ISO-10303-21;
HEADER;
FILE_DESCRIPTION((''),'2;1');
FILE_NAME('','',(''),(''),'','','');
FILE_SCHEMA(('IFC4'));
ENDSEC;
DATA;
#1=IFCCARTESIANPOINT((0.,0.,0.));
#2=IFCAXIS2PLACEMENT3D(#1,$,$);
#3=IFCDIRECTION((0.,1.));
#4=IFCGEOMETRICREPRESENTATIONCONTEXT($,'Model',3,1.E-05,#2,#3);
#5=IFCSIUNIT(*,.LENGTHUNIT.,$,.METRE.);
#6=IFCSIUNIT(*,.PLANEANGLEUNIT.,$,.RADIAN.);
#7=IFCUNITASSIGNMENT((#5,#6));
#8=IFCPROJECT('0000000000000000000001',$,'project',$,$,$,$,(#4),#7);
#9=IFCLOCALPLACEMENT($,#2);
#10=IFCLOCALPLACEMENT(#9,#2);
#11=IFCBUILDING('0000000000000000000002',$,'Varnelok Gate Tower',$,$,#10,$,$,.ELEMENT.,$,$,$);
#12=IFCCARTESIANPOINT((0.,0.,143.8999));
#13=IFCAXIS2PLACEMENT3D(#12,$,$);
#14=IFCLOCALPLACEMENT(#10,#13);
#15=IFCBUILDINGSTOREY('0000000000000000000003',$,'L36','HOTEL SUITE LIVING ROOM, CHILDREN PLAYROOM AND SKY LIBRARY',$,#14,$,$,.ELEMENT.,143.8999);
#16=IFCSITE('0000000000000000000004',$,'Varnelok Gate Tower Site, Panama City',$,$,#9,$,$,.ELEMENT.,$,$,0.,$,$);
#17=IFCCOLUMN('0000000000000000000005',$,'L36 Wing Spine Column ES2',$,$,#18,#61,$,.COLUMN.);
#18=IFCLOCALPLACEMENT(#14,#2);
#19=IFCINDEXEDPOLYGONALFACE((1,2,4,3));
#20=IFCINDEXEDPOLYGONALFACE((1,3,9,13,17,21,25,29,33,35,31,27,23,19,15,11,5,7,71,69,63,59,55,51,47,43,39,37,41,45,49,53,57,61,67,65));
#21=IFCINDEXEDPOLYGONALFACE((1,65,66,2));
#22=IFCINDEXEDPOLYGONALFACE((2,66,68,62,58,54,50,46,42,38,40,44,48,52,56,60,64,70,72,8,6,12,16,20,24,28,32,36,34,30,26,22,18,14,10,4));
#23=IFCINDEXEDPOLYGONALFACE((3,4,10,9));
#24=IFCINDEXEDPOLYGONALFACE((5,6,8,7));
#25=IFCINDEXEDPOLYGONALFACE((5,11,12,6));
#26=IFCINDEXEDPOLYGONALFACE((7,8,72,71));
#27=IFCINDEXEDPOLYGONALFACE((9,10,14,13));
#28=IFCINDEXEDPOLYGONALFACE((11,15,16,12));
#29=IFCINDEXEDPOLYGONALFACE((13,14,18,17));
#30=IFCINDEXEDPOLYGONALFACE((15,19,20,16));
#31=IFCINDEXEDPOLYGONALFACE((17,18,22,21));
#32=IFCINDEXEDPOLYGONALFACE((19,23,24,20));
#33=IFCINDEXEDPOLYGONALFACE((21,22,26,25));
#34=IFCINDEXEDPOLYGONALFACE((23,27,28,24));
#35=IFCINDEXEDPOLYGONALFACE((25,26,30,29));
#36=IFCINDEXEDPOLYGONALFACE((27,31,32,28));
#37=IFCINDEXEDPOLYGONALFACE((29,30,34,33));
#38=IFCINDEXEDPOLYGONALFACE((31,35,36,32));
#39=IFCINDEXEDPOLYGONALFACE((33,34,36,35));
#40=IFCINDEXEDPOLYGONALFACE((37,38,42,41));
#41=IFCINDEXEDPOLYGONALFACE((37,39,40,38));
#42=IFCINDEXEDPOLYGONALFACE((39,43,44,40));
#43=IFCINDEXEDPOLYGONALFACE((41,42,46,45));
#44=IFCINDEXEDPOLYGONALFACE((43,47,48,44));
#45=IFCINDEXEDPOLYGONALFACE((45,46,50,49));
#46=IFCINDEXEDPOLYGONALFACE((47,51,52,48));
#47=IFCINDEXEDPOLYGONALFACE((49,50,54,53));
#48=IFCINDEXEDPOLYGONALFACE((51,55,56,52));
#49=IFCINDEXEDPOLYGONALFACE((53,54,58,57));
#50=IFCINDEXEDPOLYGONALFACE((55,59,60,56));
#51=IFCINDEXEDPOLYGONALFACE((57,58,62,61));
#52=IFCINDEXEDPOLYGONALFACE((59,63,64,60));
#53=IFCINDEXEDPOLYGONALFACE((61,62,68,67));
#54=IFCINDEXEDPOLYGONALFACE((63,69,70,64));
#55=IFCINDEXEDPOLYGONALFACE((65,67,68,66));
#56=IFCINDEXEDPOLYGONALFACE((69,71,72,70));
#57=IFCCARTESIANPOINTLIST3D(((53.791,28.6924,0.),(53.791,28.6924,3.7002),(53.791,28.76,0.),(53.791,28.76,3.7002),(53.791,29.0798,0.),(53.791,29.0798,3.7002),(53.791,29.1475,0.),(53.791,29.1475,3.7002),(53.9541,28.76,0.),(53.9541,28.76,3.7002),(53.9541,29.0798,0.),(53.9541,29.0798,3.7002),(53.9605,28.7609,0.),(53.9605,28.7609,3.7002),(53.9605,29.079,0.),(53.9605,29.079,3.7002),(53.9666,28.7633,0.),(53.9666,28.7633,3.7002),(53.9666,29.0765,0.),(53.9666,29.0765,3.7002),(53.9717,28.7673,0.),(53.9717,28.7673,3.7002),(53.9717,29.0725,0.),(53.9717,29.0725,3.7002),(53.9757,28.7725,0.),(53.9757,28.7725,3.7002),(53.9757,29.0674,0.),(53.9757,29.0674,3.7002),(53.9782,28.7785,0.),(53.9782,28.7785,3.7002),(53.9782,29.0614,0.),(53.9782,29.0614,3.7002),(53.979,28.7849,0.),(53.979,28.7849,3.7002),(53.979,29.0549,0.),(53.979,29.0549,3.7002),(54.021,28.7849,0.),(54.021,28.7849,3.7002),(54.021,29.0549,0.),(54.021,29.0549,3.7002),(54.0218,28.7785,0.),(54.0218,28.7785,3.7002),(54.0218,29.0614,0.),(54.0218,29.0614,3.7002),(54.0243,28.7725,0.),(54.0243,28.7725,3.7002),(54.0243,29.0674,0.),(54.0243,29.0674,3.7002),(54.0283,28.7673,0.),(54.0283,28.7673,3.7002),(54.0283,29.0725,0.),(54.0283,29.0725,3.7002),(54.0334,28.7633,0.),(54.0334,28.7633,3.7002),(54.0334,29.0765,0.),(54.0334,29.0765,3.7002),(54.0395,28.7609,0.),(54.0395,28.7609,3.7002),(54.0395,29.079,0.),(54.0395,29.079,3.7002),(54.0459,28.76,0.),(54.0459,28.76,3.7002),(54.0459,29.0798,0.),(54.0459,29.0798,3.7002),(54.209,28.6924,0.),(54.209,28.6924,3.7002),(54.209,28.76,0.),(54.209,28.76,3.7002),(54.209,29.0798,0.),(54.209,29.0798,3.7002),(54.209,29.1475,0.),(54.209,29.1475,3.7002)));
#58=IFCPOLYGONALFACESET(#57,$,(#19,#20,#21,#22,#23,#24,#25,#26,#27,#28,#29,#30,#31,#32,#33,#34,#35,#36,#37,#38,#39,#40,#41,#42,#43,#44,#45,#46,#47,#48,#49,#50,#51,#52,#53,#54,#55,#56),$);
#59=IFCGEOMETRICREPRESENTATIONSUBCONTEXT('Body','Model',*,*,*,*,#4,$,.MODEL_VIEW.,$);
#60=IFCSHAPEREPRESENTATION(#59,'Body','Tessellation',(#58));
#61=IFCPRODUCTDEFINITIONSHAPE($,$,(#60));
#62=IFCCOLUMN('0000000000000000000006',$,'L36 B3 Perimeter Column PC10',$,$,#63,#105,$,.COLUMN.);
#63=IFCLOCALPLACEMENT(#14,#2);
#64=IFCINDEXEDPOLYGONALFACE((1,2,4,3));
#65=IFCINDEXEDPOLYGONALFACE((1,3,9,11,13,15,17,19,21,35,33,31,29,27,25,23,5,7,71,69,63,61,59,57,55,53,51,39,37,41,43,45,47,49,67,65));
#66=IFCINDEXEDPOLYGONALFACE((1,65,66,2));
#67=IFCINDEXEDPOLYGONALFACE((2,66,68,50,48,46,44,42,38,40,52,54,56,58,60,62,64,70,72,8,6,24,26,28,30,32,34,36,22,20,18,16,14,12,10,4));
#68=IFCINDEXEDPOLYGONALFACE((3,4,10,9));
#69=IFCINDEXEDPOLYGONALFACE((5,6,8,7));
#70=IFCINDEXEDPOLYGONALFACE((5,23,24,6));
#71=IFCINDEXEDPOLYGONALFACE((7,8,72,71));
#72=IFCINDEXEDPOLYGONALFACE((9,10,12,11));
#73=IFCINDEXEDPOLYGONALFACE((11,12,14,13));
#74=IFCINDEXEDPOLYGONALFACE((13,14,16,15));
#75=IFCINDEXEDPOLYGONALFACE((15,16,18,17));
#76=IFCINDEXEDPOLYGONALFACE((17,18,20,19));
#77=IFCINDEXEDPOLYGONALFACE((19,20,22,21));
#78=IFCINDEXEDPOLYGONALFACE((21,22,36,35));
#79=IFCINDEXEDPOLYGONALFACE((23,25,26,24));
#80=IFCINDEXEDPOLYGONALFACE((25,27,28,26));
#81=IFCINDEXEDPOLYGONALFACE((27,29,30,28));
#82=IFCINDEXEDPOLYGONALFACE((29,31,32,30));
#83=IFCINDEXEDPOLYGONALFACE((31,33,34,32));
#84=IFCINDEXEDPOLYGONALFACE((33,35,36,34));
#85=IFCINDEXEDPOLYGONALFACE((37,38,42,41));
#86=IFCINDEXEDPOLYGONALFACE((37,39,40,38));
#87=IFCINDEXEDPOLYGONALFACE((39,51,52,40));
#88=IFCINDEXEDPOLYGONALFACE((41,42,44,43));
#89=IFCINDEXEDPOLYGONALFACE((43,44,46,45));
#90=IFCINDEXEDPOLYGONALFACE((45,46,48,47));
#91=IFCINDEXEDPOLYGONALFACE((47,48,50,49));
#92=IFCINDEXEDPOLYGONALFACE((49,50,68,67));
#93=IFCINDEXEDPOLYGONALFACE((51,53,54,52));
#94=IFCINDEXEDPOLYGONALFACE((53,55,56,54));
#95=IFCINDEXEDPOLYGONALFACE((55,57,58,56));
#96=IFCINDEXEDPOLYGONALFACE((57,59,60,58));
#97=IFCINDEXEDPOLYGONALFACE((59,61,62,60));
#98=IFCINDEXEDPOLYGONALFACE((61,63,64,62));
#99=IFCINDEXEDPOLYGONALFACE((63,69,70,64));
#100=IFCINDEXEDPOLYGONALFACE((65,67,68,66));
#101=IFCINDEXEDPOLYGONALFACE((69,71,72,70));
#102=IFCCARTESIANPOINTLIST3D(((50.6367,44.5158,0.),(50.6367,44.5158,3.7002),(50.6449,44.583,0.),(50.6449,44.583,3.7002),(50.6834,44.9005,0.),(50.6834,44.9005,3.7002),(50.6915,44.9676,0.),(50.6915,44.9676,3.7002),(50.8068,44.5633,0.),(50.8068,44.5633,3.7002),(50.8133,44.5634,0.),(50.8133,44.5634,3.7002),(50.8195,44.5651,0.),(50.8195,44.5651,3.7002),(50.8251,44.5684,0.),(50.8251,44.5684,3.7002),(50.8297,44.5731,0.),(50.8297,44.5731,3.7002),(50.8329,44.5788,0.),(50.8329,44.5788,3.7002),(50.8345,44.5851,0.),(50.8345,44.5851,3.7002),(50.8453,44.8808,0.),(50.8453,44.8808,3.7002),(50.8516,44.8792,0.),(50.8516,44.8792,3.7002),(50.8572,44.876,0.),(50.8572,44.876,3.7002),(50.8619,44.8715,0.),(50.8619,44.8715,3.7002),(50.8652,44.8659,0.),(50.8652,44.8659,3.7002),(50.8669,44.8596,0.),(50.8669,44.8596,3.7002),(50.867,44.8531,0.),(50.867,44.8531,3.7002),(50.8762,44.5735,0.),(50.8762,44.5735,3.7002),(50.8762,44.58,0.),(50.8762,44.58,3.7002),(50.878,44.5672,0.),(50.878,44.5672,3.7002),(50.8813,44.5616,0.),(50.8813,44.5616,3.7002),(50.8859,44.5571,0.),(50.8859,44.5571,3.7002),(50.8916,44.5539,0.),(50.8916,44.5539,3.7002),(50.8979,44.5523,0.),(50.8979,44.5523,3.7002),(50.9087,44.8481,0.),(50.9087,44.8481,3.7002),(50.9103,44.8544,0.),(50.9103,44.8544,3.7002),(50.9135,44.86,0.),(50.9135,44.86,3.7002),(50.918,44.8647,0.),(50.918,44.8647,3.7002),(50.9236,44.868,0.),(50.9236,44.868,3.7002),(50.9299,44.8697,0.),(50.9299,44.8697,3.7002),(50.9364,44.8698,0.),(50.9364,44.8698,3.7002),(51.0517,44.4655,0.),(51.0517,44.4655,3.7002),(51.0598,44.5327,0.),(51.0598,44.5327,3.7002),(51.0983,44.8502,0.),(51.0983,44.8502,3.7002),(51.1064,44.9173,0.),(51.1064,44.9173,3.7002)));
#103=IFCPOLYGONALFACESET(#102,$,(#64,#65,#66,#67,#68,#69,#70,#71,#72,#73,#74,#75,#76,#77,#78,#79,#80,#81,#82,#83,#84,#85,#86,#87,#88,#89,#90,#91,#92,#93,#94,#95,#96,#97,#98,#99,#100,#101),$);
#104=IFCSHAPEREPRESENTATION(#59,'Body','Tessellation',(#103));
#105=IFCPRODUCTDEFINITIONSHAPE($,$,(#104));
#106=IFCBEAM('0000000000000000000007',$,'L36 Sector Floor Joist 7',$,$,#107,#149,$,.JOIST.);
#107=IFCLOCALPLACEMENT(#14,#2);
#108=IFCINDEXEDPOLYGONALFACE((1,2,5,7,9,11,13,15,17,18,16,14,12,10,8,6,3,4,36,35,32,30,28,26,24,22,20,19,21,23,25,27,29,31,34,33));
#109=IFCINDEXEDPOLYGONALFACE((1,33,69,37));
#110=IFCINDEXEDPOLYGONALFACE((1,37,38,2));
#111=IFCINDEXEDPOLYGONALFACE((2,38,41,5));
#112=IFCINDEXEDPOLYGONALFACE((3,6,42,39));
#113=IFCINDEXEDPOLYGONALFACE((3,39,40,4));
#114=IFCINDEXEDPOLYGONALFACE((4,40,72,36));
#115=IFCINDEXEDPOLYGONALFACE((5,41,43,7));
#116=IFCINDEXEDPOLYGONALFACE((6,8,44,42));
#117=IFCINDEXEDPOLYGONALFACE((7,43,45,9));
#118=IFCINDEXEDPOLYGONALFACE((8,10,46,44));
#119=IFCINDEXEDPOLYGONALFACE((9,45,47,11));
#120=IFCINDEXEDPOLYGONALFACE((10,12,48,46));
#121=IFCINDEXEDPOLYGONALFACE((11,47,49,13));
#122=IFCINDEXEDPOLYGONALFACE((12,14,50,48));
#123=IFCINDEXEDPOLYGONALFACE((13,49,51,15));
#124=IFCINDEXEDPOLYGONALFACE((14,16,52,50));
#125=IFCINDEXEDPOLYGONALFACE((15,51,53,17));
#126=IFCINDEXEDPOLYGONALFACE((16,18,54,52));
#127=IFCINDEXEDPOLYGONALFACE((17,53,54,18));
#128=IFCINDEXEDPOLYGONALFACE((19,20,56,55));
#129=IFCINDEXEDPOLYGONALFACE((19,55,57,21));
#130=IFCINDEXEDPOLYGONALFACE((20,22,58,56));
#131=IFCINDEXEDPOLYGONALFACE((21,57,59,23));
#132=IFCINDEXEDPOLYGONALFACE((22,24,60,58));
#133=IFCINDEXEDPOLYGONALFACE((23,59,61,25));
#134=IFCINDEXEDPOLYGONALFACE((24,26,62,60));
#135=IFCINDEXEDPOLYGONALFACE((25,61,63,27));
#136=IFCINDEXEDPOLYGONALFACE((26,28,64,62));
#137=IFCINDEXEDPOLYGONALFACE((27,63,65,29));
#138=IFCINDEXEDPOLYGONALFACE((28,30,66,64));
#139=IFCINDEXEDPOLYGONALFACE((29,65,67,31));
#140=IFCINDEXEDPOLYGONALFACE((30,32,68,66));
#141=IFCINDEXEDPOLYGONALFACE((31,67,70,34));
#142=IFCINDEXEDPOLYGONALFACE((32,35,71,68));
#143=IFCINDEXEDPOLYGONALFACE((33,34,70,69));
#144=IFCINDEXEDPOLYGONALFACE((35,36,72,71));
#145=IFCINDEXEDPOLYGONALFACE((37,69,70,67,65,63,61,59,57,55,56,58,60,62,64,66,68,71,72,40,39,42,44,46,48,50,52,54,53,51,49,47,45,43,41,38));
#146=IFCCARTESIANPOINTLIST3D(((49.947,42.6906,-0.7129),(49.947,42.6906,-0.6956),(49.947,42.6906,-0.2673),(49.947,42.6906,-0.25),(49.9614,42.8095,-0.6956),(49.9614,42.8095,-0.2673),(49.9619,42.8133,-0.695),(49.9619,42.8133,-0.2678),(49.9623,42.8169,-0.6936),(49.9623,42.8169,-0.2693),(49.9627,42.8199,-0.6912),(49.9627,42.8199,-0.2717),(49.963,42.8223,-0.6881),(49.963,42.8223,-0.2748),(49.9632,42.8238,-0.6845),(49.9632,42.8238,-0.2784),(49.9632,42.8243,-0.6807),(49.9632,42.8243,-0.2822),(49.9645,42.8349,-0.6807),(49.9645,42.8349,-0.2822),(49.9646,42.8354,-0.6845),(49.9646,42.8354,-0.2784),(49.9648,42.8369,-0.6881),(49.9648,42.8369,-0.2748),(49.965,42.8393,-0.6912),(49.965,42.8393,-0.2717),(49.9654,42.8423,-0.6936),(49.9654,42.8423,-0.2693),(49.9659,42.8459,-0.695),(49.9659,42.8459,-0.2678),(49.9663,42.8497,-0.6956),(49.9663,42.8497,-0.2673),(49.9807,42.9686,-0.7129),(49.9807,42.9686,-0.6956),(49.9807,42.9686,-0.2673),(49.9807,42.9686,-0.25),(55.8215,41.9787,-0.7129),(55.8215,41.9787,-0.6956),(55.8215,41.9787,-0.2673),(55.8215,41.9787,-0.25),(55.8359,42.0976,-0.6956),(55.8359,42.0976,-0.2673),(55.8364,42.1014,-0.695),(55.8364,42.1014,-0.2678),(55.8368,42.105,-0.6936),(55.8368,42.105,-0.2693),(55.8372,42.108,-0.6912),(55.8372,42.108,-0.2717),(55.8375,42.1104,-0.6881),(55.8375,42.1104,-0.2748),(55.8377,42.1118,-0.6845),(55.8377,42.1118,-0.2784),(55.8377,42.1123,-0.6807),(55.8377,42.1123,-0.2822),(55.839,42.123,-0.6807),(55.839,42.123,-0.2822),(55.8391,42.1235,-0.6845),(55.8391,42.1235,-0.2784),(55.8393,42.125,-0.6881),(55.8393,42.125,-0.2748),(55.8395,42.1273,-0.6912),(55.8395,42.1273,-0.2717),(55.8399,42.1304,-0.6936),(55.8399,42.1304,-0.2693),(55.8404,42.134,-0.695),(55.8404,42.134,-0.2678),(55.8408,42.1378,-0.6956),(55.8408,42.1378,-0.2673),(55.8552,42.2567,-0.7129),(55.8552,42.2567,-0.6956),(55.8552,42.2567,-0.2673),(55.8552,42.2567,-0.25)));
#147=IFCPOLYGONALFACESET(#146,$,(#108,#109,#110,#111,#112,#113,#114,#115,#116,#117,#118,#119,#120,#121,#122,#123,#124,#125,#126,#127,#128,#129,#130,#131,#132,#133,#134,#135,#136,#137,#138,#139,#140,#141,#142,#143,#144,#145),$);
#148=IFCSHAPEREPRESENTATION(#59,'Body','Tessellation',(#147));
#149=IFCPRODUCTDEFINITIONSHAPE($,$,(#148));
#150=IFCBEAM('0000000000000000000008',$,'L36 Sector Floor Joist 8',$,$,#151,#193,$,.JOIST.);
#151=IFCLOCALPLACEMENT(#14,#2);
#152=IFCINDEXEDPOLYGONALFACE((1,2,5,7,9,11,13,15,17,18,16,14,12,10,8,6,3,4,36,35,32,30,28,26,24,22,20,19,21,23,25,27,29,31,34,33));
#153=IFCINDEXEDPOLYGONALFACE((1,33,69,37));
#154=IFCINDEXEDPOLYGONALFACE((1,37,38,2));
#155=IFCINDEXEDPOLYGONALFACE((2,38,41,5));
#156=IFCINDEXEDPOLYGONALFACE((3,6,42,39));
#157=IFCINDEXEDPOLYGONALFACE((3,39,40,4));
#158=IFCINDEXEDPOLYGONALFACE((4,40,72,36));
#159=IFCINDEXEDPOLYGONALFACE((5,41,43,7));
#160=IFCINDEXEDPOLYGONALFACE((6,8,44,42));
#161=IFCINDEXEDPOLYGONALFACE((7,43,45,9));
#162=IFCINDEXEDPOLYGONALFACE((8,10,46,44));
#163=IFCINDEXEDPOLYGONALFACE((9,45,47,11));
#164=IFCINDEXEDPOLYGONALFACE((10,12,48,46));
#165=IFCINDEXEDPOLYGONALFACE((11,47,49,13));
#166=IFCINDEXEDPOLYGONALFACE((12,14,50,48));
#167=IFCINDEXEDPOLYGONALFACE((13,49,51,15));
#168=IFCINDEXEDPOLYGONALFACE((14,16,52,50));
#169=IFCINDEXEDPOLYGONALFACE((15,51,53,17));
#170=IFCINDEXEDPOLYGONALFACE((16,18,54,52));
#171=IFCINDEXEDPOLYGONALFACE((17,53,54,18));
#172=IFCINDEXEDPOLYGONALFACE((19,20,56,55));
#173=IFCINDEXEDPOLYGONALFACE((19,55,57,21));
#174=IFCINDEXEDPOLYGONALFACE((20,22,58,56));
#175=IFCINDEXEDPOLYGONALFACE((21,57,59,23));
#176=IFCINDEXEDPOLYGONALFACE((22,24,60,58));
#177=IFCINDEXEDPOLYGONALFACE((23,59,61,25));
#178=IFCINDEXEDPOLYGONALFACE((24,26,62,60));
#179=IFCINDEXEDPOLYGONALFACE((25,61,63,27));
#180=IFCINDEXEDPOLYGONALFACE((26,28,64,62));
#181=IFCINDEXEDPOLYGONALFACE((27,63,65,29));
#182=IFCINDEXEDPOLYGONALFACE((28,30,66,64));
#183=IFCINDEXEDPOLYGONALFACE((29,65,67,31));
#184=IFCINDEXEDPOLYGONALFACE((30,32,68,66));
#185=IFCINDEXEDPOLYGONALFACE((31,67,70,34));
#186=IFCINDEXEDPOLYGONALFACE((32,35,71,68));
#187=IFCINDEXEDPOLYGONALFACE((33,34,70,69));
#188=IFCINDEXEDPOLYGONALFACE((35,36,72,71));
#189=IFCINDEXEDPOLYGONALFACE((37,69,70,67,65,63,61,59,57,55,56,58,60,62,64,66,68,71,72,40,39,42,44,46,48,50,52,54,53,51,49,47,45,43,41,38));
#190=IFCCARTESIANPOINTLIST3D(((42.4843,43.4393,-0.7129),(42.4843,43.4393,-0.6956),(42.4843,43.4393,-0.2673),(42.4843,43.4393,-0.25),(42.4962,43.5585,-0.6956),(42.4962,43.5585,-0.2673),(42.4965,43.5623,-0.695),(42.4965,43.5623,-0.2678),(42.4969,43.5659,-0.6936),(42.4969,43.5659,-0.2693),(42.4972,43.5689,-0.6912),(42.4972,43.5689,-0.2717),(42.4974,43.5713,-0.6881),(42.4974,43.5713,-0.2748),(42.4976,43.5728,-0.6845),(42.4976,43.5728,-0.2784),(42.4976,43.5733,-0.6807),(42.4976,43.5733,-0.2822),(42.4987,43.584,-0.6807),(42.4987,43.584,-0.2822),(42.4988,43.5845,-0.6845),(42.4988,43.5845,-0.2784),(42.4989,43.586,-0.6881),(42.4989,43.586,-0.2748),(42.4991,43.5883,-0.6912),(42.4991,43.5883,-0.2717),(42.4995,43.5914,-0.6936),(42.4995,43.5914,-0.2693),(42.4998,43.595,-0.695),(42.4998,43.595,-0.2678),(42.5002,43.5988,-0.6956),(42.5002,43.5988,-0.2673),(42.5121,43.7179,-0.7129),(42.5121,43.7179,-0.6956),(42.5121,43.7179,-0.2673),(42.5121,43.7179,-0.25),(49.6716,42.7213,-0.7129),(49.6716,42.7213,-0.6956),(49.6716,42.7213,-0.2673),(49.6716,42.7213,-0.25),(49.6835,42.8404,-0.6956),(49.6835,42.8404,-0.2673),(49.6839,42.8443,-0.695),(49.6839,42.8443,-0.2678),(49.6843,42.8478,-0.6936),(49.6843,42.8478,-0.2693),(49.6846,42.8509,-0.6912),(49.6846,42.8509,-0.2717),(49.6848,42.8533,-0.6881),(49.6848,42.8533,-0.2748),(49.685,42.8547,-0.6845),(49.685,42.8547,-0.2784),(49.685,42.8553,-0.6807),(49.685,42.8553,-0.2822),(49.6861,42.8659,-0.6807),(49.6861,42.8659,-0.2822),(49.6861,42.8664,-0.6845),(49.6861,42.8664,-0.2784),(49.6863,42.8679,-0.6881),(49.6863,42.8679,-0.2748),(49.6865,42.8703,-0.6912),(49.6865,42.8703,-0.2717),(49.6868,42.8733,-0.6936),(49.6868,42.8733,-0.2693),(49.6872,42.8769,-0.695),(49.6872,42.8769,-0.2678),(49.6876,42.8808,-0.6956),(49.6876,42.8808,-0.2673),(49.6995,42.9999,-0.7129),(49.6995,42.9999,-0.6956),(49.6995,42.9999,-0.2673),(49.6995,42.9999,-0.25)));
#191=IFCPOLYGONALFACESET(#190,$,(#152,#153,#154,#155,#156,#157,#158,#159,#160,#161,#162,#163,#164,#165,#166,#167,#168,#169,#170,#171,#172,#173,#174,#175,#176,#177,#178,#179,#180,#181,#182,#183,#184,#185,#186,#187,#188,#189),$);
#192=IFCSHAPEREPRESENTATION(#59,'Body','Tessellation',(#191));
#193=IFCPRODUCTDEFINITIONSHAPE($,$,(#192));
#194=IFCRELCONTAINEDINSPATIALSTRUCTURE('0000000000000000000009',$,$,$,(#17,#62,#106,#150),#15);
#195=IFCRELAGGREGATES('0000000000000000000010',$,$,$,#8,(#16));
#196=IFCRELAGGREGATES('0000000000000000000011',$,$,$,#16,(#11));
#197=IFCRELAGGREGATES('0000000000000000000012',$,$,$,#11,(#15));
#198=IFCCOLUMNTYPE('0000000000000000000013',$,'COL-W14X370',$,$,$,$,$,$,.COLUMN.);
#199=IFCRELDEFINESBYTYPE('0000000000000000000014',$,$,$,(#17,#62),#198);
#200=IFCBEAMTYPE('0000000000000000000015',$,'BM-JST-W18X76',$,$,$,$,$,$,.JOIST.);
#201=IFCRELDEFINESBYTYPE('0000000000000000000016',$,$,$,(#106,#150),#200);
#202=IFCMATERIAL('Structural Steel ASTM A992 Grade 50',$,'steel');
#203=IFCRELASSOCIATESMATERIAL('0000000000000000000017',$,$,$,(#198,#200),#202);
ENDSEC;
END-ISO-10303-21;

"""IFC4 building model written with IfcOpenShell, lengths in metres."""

from ifc_helpers import new_model, si_unit, direction, frame, origin, origin_2d, place, context, subcontext, project, spatial, i_section, extrude, material, material_profile, profile_set, type_object, element, save


model = new_model("IFC4")

# Units and contexts
model_context = context("Model", 3, precision=1e-05, world=origin(), true_north=direction((0.0, 1.0)))
body_context = subcontext(model_context, "Body", "Model", "MODEL_VIEW")
ifc_project = project(units=[si_unit("LENGTHUNIT", "METRE"), si_unit("PLANEANGLEUNIT", "RADIAN")], contexts=[model_context])

# Site, building, storey
site_placement = place(None, origin())
site = spatial("IfcSite", under=ifc_project, at=site_placement, Name="Varnelok Gate Tower Site, Panama City", CompositionType="ELEMENT", RefElevation=0.0)
building_placement = place(site_placement, origin())
building = spatial("IfcBuilding", under=site, at=building_placement, Name="Varnelok Gate Tower", CompositionType="ELEMENT")
storey_placement = place(building_placement, frame((0.0, 0.0, 143.8999)))
storey = spatial("IfcBuildingStorey", under=building, at=storey_placement, Name="L36", Description="HOTEL SUITE LIVING ROOM, CHILDREN PLAYROOM AND SKY LIBRARY", CompositionType="ELEMENT", Elevation=143.8999)

# Columns
ifc_material_1 = material(Name="Structural Steel ASTM A992 Grade 50", Category="steel")
ifc_material_profile_1 = material_profile(ifc_material_1, i_section(OverallWidth=0.418, OverallDepth=0.4551, WebThickness=0.042, FlangeThickness=0.0676, FilletRadius=0.0249, at=origin_2d()), Name="W14X370")
ifc_profile_set_1 = profile_set([ifc_material_profile_1], Name="Structural Steel ASTM A992 Grade 50")
column_type = type_object("IfcColumnType", Name="COL-W14X370", PredefinedType="COLUMN", material=ifc_profile_set_1)
for number, where, z_axis, x_axis, name in (
    (1, (54.0, 28.9199, 0.0), (0.0, 0.0, 1.0), (1.0, 0.0, 0.0), "L36 Wing Spine Column ES2"),
    (2, (50.8716, 44.7166, 0.0), (0.0, 0.0, 1.0), (0.992732, -0.120345, 0.0), "L36 B3 Perimeter Column PC10"),
):
    element("IfcColumn", number, at=place(storey_placement, frame(where, z_axis=z_axis, x_axis=x_axis)), inside=storey, type_object=column_type, Name=name, PredefinedType="COLUMN", context=body_context, shape_type="SweptSolid", body=[
        extrude(i_section(OverallWidth=0.418, OverallDepth=0.4551, WebThickness=0.042, FlangeThickness=0.0676, FilletRadius=0.0249, at=origin_2d()), origin(), (0.0, 0.0, 1.0), 3.7002),
    ])

# Beams
ifc_material_profile_2 = material_profile(ifc_material_1, i_section(OverallWidth=0.28, OverallDepth=0.4629, WebThickness=0.0107, FlangeThickness=0.0173, FilletRadius=0.0149, at=origin_2d()), Name="W18X76")
ifc_profile_set_2 = profile_set([ifc_material_profile_2], Name="Structural Steel ASTM A992 Grade 50")
beam_type_1 = type_object("IfcBeamType", Name="BM-JST-W18X76", PredefinedType="JOIST", material=ifc_profile_set_2)
beam_1_placement = place(storey_placement, frame((55.8384, 42.1177, -0.4814), z_axis=(-0.992737, 0.120307, 0.0), x_axis=(-0.120307, -0.992737, 0.0)))
element("IfcBeam", 3, at=beam_1_placement, inside=storey, type_object=beam_type_1, Name="L36 Sector Floor Joist 7", PredefinedType="JOIST", context=body_context, shape_type="SweptSolid", body=[
    extrude(i_section(OverallWidth=0.28, OverallDepth=0.4629, WebThickness=0.0107, FlangeThickness=0.0173, FilletRadius=0.0149, at=origin_2d()), origin(), (0.0, 0.0, 1.0), 5.9175),
])
beam_2_placement = place(storey_placement, frame((49.6855, 42.8606, -0.4814), z_axis=(-0.995047, 0.099407, 0.0), x_axis=(-0.099407, -0.995047, 0.0)))
element("IfcBeam", 4, at=beam_2_placement, inside=storey, type_object=beam_type_1, Name="L36 Sector Floor Joist 8", PredefinedType="JOIST", context=body_context, shape_type="SweptSolid", body=[
    extrude(i_section(OverallWidth=0.28, OverallDepth=0.4629, WebThickness=0.0107, FlangeThickness=0.0173, FilletRadius=0.0149, at=origin_2d()), origin(), (0.0, 0.0, 1.0), 7.2231),
])

save(model, "model.ifc")
